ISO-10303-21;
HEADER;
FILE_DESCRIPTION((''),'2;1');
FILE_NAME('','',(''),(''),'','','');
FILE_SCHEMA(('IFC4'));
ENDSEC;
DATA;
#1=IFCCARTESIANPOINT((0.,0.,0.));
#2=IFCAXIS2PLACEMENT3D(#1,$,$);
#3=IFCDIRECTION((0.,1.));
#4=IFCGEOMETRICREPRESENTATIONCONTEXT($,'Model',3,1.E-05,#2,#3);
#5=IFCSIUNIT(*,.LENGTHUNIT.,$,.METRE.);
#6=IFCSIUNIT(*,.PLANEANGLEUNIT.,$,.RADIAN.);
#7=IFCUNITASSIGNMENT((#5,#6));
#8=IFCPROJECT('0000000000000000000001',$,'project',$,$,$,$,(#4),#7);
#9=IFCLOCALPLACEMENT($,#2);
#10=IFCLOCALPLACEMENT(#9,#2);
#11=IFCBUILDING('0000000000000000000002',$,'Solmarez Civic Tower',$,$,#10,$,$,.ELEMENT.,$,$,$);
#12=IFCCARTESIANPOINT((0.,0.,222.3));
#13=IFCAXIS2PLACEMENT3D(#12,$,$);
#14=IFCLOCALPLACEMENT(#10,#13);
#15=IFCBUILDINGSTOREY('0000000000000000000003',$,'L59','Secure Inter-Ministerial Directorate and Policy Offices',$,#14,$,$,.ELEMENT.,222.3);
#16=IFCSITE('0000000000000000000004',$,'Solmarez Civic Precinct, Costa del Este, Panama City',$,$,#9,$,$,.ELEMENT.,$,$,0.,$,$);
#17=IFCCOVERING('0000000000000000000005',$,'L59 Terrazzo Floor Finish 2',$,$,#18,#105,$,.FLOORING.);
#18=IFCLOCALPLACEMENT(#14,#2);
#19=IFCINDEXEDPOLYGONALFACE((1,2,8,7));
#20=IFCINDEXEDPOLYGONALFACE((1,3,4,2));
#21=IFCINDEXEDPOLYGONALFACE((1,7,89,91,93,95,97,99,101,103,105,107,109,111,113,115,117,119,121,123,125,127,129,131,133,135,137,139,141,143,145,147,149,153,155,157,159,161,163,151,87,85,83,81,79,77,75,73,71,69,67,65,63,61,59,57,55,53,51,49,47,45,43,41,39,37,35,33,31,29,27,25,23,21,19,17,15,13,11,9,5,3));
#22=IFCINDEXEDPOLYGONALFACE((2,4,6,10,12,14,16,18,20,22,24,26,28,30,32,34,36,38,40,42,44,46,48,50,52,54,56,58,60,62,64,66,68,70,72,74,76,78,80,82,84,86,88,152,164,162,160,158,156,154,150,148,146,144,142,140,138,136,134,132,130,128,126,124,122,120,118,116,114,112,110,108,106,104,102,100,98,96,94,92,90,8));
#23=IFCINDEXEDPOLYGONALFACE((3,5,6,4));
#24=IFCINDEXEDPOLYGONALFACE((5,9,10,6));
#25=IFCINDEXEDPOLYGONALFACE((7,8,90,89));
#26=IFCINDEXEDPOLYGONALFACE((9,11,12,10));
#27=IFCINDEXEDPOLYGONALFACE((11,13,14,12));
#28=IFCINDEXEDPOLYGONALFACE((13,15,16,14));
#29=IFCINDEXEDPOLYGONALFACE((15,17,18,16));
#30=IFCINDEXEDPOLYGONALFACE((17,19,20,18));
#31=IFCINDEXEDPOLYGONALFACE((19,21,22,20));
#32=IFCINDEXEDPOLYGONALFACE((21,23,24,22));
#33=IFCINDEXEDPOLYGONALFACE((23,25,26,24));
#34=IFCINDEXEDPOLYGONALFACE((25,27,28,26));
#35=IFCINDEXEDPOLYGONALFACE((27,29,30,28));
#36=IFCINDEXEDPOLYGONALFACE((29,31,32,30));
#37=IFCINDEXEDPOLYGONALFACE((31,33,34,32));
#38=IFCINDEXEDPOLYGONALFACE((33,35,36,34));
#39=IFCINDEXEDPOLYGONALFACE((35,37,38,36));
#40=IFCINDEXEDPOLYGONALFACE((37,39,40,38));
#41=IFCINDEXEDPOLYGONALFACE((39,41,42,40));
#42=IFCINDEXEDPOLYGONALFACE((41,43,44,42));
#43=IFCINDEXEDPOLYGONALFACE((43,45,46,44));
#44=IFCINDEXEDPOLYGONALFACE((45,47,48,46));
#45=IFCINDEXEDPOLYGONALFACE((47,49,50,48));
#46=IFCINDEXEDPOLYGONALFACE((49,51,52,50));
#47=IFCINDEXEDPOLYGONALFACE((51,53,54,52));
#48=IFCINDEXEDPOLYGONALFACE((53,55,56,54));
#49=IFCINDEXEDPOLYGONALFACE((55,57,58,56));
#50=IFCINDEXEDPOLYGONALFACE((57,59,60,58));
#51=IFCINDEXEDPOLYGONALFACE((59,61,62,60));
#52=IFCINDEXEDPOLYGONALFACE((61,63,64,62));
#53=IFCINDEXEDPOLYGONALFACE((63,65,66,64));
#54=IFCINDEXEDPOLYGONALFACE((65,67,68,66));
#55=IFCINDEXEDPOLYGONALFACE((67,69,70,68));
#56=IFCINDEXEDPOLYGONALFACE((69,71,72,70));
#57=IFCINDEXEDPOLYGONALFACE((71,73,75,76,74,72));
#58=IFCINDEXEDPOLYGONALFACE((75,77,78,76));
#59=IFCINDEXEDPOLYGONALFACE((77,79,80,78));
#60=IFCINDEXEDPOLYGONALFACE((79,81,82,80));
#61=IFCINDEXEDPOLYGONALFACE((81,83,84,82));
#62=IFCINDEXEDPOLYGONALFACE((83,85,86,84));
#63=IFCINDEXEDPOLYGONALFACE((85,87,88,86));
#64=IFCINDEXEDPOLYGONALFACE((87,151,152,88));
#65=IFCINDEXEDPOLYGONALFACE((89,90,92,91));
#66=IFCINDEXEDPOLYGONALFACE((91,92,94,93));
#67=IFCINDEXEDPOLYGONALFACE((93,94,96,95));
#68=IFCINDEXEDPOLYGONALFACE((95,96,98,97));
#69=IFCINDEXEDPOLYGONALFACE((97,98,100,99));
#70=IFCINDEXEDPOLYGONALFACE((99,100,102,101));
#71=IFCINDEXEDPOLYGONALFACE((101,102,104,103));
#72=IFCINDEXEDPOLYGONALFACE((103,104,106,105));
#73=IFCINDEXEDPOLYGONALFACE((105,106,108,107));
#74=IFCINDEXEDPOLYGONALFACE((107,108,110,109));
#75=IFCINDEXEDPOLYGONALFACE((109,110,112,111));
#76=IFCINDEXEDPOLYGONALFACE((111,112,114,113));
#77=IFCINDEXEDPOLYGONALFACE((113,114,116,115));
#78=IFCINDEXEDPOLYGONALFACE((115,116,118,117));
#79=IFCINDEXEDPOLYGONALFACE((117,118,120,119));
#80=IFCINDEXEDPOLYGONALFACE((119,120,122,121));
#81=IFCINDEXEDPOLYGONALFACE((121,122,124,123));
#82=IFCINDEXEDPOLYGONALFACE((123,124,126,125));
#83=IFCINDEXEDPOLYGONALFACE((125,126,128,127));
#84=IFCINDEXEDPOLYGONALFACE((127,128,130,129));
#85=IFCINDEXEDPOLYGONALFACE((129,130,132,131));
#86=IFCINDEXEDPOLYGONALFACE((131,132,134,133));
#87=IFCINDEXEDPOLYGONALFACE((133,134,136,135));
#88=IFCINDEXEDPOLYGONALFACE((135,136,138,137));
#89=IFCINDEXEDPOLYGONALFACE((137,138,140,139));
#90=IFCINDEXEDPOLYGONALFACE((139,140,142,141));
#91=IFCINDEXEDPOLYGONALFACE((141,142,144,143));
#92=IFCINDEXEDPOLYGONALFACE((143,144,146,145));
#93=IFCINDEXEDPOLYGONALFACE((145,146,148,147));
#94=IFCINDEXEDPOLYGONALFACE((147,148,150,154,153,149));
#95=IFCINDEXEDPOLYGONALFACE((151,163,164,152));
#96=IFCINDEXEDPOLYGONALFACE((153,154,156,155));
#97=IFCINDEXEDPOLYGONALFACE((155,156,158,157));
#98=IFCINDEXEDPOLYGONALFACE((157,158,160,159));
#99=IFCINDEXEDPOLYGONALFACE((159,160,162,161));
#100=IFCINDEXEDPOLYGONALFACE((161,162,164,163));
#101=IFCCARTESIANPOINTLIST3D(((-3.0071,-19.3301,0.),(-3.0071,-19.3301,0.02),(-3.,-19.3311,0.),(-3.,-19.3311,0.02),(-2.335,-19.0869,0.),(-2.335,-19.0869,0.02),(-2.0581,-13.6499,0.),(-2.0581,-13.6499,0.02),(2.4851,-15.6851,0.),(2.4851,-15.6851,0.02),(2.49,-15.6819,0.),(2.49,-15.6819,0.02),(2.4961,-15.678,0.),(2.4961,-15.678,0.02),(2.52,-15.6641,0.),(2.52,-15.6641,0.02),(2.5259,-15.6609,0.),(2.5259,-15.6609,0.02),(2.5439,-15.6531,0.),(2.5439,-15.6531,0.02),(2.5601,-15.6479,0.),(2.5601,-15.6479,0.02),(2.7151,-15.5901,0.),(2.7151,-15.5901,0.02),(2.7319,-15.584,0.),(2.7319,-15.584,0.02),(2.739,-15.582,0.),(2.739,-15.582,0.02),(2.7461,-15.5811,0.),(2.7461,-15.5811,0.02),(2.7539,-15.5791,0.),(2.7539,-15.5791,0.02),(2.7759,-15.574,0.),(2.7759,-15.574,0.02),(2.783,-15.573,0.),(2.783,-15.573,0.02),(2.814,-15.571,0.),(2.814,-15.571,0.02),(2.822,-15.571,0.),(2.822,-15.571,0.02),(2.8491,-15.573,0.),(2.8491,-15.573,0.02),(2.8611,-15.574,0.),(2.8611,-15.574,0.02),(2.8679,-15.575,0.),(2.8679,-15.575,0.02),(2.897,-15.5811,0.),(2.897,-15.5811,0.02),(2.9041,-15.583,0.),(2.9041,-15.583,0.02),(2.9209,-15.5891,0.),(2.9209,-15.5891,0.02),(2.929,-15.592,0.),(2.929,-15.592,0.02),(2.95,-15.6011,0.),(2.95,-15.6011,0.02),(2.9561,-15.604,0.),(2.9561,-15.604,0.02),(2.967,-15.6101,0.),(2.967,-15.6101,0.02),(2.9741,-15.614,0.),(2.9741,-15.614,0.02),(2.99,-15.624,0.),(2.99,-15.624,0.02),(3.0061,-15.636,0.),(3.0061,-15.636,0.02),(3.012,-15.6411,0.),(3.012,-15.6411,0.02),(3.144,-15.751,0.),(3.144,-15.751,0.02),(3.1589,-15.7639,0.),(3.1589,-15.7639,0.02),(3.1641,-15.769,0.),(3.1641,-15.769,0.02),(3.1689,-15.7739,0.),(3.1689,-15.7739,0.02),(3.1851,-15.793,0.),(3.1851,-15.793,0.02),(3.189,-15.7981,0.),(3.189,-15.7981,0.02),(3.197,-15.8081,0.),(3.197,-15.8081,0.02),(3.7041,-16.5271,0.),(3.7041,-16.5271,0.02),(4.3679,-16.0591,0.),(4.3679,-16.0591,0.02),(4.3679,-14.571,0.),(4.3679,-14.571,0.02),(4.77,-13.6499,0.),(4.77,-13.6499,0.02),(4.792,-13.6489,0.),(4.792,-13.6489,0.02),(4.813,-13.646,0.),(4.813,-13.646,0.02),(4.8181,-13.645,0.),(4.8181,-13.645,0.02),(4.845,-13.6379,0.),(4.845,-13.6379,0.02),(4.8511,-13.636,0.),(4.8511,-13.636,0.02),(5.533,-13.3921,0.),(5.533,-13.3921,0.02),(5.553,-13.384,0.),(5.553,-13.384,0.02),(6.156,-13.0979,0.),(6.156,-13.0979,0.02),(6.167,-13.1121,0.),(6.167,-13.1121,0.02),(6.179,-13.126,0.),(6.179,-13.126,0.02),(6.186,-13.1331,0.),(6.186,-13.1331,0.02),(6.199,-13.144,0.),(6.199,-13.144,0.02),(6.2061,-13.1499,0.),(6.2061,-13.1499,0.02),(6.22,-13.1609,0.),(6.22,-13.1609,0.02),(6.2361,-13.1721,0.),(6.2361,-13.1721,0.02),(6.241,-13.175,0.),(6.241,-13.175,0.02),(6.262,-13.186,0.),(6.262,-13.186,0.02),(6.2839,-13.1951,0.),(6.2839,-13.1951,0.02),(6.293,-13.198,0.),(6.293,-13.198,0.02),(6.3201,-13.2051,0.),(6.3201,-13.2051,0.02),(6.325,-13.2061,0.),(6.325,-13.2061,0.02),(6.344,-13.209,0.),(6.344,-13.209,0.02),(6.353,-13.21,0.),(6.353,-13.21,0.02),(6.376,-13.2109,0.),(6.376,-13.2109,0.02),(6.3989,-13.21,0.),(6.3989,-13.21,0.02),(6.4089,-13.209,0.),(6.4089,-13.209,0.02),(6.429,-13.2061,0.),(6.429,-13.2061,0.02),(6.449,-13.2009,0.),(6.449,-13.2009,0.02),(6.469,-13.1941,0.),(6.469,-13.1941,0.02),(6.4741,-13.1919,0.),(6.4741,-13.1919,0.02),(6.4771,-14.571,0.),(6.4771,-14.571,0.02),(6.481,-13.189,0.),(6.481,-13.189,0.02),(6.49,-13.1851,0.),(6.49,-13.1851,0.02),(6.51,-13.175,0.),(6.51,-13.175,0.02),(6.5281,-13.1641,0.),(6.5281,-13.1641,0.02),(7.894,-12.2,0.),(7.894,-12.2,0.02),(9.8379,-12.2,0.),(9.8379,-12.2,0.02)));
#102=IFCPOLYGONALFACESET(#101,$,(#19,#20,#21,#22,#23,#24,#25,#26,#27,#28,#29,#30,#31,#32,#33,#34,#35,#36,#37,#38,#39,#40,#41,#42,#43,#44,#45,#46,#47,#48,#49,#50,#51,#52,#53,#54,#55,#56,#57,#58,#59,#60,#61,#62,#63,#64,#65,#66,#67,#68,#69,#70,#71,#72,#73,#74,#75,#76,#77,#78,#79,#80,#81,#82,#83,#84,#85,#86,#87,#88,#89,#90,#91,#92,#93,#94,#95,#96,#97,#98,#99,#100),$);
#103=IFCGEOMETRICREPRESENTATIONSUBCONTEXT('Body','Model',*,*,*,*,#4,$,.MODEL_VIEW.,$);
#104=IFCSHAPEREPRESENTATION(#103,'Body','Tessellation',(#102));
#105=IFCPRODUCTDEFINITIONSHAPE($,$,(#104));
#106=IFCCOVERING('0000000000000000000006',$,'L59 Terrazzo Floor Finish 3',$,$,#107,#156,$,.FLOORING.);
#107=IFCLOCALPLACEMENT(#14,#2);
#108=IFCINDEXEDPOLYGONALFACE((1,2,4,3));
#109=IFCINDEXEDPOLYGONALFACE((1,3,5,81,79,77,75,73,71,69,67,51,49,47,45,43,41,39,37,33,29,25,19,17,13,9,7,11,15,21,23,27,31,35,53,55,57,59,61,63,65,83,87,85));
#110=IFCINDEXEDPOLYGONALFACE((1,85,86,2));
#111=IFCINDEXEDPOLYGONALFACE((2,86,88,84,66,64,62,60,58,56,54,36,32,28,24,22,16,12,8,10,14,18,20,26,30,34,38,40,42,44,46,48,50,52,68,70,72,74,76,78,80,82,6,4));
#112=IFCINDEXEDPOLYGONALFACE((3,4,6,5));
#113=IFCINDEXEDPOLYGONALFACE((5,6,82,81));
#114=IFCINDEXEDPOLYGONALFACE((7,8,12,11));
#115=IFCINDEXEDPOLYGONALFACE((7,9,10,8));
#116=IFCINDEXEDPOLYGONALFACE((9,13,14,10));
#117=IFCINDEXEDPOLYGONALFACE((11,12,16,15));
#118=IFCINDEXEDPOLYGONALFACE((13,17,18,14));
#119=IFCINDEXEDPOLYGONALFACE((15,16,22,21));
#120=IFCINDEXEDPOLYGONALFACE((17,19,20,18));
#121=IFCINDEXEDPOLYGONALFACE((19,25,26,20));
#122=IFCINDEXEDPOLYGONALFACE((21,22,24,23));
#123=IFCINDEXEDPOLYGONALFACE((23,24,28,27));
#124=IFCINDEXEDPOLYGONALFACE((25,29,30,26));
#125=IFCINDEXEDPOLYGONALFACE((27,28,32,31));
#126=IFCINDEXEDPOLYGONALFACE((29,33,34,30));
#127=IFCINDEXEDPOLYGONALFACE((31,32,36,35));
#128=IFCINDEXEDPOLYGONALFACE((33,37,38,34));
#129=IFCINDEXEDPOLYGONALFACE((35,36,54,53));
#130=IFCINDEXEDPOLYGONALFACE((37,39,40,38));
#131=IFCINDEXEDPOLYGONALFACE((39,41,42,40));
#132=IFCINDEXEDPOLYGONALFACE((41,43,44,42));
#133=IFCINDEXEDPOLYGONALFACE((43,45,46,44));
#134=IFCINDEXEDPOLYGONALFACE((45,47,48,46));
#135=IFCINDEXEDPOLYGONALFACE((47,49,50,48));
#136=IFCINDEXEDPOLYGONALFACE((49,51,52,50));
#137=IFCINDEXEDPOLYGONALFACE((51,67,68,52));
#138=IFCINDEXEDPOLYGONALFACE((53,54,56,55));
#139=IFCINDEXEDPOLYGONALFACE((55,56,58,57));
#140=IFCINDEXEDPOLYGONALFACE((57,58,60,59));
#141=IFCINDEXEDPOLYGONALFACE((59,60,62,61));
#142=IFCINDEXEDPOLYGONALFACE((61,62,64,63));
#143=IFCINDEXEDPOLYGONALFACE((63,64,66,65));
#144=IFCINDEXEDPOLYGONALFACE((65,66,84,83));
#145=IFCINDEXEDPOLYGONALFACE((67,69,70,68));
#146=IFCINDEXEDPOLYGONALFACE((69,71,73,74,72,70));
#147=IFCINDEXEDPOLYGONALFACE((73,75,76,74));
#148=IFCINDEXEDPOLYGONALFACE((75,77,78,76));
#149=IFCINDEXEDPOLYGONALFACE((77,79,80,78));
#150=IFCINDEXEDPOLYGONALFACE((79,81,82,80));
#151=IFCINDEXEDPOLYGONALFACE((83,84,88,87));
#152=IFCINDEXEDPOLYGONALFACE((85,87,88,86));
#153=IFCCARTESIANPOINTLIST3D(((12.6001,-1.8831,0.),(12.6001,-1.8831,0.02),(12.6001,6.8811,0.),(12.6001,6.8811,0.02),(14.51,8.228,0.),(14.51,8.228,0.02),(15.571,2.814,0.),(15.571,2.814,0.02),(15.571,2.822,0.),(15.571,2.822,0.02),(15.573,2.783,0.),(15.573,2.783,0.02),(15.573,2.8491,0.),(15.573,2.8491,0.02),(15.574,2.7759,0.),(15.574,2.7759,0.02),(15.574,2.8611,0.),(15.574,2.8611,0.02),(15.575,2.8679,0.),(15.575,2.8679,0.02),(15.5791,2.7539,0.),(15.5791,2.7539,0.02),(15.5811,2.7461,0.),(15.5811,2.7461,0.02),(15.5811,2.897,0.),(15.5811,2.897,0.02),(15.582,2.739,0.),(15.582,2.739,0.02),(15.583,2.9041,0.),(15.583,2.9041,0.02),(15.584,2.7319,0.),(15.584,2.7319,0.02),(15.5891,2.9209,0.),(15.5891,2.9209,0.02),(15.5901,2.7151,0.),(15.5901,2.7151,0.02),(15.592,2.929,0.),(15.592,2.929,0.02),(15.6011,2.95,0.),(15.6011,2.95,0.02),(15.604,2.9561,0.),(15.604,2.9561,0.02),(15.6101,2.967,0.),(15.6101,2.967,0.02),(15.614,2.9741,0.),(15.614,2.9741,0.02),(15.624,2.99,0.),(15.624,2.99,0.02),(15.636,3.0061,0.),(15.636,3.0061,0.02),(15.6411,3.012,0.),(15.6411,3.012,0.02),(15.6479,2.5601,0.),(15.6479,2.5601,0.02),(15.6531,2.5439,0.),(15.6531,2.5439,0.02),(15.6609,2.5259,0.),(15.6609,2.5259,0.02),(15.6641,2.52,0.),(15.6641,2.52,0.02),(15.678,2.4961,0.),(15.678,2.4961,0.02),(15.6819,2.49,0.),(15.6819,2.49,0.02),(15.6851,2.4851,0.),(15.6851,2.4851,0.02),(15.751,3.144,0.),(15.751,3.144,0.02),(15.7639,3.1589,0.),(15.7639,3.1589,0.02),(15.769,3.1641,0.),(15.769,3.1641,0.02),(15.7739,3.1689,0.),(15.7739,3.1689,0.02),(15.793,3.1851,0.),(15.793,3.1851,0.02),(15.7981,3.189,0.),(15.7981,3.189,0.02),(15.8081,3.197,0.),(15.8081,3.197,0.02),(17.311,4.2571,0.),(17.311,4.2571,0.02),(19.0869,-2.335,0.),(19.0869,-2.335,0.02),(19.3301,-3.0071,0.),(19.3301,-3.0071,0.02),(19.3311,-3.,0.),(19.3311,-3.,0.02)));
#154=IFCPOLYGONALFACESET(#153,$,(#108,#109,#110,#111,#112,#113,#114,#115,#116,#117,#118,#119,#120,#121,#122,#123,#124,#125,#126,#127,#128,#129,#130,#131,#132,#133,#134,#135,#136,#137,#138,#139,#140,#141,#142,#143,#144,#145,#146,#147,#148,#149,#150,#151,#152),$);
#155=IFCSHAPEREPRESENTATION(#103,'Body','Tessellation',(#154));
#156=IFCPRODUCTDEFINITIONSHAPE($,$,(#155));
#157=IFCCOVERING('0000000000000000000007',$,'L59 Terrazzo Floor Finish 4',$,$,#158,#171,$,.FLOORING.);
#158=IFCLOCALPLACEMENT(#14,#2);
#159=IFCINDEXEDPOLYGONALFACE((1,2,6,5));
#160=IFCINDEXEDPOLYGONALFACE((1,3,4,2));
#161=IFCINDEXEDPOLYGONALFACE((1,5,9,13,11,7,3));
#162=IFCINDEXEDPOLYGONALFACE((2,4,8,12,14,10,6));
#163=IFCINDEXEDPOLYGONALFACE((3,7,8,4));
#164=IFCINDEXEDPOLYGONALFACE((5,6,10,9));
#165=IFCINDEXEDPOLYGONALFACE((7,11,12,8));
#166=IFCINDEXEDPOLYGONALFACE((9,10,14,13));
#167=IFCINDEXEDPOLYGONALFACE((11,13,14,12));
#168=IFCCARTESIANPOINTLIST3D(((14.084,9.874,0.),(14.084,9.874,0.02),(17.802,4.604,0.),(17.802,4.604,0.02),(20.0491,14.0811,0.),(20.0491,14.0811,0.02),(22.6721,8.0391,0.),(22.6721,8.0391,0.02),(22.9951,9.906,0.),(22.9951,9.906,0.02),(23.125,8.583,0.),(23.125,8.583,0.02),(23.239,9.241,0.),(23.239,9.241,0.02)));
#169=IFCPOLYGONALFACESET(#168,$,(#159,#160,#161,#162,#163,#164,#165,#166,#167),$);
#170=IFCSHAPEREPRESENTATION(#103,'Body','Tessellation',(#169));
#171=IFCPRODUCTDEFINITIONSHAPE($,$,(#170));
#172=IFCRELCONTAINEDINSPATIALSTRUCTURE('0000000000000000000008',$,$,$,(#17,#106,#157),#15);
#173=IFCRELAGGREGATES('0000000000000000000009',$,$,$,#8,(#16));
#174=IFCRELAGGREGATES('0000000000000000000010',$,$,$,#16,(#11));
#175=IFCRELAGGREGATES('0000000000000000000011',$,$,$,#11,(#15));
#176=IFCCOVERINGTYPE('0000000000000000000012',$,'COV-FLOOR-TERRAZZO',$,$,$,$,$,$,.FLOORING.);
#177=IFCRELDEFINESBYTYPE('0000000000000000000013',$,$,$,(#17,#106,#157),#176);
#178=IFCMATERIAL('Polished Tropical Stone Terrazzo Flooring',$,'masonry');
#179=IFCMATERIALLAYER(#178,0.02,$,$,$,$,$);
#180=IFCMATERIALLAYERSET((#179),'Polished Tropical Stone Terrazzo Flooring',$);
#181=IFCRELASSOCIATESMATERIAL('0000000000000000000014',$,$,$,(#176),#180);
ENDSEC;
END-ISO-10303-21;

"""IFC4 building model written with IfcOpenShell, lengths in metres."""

from ifc_helpers import new_model, si_unit, direction, frame, origin, place, context, subcontext, project, spatial, polyline, outline, extrude, material, layer, layer_set, type_object, element, save


model = new_model("IFC4")

# Units and contexts
model_context = context("Model", 3, precision=1e-05, world=origin(), true_north=direction((0.0, 1.0)))
body_context = subcontext(model_context, "Body", "Model", "MODEL_VIEW")
ifc_project = project(units=[si_unit("LENGTHUNIT", "METRE"), si_unit("PLANEANGLEUNIT", "RADIAN")], contexts=[model_context])

# Site, building, storey
site_placement = place(None, origin())
site = spatial("IfcSite", under=ifc_project, at=site_placement, Name="Solmarez Civic Precinct, Costa del Este, Panama City", CompositionType="ELEMENT", RefElevation=0.0)
building_placement = place(site_placement, origin())
building = spatial("IfcBuilding", under=site, at=building_placement, Name="Solmarez Civic Tower", CompositionType="ELEMENT")
storey_placement = place(building_placement, frame((0.0, 0.0, 222.3)))
storey = spatial("IfcBuildingStorey", under=building, at=storey_placement, Name="L59", Description="Secure Inter-Ministerial Directorate and Policy Offices", CompositionType="ELEMENT", Elevation=222.3)

# Coverings
ifc_material_1 = material(Name="Polished Tropical Stone Terrazzo Flooring", Category="masonry")
ifc_layer_1 = layer(ifc_material_1, 0.02)
ifc_layer_set_1 = layer_set([ifc_layer_1], Name="Polished Tropical Stone Terrazzo Flooring")
covering_type_1 = type_object("IfcCoveringType", Name="COV-FLOOR-TERRAZZO", PredefinedType="FLOORING", material=ifc_layer_set_1)
covering_1_placement = place(storey_placement, origin())
element("IfcCovering", 1, at=covering_1_placement, inside=storey, type_object=covering_type_1, Name="L59 Terrazzo Floor Finish 2", PredefinedType="FLOORING", context=body_context, shape_type="SweptSolid", body=[
    extrude(outline(polyline([(2.5601, -15.6479), (2.7151, -15.5901), (2.7319, -15.584), (2.739, -15.582), (2.7461, -15.5811), (2.7539, -15.5791), (2.7759, -15.574), (2.783, -15.573), (2.814, -15.571), (2.822, -15.571), (2.8491, -15.573), (2.8611, -15.574), (2.8679, -15.575), (2.897, -15.5811), (2.9041, -15.583), (2.9209, -15.5891), (2.929, -15.592), (2.95, -15.6011), (2.9561, -15.604), (2.967, -15.6101), (2.9741, -15.614), (2.99, -15.624), (3.0061, -15.636), (3.012, -15.6411), (3.144, -15.751), (3.1589, -15.7639), (3.1641, -15.769), (3.1689, -15.7739), (3.1851, -15.793), (3.189, -15.7981), (3.197, -15.8081), (3.7041, -16.5271), (4.3679, -16.0591), (4.3679, -14.571), (6.4771, -14.571), (9.8379, -12.2), (7.894, -12.2), (6.5281, -13.1641), (6.51, -13.175), (6.49, -13.1851), (6.481, -13.189), (6.4741, -13.1919), (6.469, -13.1941), (6.449, -13.2009), (6.429, -13.2061), (6.4089, -13.209), (6.3989, -13.21), (6.376, -13.2109), (6.353, -13.21), (6.344, -13.209), (6.325, -13.2061), (6.3201, -13.2051), (6.293, -13.198), (6.2839, -13.1951), (6.262, -13.186), (6.241, -13.175), (6.2361, -13.1721), (6.22, -13.1609), (6.2061, -13.1499), (6.199, -13.144), (6.186, -13.1331), (6.179, -13.126), (6.167, -13.1121), (6.156, -13.0979), (5.553, -13.384), (5.533, -13.3921), (4.8511, -13.636), (4.845, -13.6379), (4.8181, -13.645), (4.813, -13.646), (4.792, -13.6489), (4.77, -13.6499), (-2.0581, -13.6499), (-3.0071, -19.3301), (-3.0, -19.3311), (-2.335, -19.0869), (2.4851, -15.6851), (2.49, -15.6819), (2.4961, -15.678), (2.52, -15.6641), (2.5259, -15.6609), (2.5439, -15.6531), (2.5601, -15.6479)])), origin(), (0.0, 0.0, 1.0), 0.02),
])
covering_2_placement = place(storey_placement, origin())
element("IfcCovering", 2, at=covering_2_placement, inside=storey, type_object=covering_type_1, Name="L59 Terrazzo Floor Finish 3", PredefinedType="FLOORING", context=body_context, shape_type="SweptSolid", body=[
    extrude(outline(polyline([(12.6001, 6.8811), (12.6001, -1.8831), (19.3301, -3.0071), (19.3311, -3.0), (19.0869, -2.335), (15.6851, 2.4851), (15.6819, 2.49), (15.678, 2.4961), (15.6641, 2.52), (15.6609, 2.5259), (15.6531, 2.5439), (15.6479, 2.5601), (15.5901, 2.7151), (15.584, 2.7319), (15.582, 2.739), (15.5811, 2.7461), (15.5791, 2.7539), (15.574, 2.7759), (15.573, 2.783), (15.571, 2.814), (15.571, 2.822), (15.573, 2.8491), (15.574, 2.8611), (15.575, 2.8679), (15.5811, 2.897), (15.583, 2.9041), (15.5891, 2.9209), (15.592, 2.929), (15.6011, 2.95), (15.604, 2.9561), (15.6101, 2.967), (15.614, 2.9741), (15.624, 2.99), (15.636, 3.0061), (15.6411, 3.012), (15.751, 3.144), (15.7639, 3.1589), (15.769, 3.1641), (15.7739, 3.1689), (15.793, 3.1851), (15.7981, 3.189), (15.8081, 3.197), (17.311, 4.2571), (14.51, 8.228), (12.6001, 6.8811)])), origin(), (0.0, 0.0, 1.0), 0.02),
])
covering_3_placement = place(storey_placement, origin())
element("IfcCovering", 3, at=covering_3_placement, inside=storey, type_object=covering_type_1, Name="L59 Terrazzo Floor Finish 4", PredefinedType="FLOORING", context=body_context, shape_type="SweptSolid", body=[
    extrude(outline(polyline([(17.802, 4.604), (22.6721, 8.0391), (23.125, 8.583), (23.239, 9.241), (22.9951, 9.906), (20.0491, 14.0811), (14.084, 9.874), (17.802, 4.604)])), origin(), (0.0, 0.0, 1.0), 0.02),
])

save(model, "model.ifc")
